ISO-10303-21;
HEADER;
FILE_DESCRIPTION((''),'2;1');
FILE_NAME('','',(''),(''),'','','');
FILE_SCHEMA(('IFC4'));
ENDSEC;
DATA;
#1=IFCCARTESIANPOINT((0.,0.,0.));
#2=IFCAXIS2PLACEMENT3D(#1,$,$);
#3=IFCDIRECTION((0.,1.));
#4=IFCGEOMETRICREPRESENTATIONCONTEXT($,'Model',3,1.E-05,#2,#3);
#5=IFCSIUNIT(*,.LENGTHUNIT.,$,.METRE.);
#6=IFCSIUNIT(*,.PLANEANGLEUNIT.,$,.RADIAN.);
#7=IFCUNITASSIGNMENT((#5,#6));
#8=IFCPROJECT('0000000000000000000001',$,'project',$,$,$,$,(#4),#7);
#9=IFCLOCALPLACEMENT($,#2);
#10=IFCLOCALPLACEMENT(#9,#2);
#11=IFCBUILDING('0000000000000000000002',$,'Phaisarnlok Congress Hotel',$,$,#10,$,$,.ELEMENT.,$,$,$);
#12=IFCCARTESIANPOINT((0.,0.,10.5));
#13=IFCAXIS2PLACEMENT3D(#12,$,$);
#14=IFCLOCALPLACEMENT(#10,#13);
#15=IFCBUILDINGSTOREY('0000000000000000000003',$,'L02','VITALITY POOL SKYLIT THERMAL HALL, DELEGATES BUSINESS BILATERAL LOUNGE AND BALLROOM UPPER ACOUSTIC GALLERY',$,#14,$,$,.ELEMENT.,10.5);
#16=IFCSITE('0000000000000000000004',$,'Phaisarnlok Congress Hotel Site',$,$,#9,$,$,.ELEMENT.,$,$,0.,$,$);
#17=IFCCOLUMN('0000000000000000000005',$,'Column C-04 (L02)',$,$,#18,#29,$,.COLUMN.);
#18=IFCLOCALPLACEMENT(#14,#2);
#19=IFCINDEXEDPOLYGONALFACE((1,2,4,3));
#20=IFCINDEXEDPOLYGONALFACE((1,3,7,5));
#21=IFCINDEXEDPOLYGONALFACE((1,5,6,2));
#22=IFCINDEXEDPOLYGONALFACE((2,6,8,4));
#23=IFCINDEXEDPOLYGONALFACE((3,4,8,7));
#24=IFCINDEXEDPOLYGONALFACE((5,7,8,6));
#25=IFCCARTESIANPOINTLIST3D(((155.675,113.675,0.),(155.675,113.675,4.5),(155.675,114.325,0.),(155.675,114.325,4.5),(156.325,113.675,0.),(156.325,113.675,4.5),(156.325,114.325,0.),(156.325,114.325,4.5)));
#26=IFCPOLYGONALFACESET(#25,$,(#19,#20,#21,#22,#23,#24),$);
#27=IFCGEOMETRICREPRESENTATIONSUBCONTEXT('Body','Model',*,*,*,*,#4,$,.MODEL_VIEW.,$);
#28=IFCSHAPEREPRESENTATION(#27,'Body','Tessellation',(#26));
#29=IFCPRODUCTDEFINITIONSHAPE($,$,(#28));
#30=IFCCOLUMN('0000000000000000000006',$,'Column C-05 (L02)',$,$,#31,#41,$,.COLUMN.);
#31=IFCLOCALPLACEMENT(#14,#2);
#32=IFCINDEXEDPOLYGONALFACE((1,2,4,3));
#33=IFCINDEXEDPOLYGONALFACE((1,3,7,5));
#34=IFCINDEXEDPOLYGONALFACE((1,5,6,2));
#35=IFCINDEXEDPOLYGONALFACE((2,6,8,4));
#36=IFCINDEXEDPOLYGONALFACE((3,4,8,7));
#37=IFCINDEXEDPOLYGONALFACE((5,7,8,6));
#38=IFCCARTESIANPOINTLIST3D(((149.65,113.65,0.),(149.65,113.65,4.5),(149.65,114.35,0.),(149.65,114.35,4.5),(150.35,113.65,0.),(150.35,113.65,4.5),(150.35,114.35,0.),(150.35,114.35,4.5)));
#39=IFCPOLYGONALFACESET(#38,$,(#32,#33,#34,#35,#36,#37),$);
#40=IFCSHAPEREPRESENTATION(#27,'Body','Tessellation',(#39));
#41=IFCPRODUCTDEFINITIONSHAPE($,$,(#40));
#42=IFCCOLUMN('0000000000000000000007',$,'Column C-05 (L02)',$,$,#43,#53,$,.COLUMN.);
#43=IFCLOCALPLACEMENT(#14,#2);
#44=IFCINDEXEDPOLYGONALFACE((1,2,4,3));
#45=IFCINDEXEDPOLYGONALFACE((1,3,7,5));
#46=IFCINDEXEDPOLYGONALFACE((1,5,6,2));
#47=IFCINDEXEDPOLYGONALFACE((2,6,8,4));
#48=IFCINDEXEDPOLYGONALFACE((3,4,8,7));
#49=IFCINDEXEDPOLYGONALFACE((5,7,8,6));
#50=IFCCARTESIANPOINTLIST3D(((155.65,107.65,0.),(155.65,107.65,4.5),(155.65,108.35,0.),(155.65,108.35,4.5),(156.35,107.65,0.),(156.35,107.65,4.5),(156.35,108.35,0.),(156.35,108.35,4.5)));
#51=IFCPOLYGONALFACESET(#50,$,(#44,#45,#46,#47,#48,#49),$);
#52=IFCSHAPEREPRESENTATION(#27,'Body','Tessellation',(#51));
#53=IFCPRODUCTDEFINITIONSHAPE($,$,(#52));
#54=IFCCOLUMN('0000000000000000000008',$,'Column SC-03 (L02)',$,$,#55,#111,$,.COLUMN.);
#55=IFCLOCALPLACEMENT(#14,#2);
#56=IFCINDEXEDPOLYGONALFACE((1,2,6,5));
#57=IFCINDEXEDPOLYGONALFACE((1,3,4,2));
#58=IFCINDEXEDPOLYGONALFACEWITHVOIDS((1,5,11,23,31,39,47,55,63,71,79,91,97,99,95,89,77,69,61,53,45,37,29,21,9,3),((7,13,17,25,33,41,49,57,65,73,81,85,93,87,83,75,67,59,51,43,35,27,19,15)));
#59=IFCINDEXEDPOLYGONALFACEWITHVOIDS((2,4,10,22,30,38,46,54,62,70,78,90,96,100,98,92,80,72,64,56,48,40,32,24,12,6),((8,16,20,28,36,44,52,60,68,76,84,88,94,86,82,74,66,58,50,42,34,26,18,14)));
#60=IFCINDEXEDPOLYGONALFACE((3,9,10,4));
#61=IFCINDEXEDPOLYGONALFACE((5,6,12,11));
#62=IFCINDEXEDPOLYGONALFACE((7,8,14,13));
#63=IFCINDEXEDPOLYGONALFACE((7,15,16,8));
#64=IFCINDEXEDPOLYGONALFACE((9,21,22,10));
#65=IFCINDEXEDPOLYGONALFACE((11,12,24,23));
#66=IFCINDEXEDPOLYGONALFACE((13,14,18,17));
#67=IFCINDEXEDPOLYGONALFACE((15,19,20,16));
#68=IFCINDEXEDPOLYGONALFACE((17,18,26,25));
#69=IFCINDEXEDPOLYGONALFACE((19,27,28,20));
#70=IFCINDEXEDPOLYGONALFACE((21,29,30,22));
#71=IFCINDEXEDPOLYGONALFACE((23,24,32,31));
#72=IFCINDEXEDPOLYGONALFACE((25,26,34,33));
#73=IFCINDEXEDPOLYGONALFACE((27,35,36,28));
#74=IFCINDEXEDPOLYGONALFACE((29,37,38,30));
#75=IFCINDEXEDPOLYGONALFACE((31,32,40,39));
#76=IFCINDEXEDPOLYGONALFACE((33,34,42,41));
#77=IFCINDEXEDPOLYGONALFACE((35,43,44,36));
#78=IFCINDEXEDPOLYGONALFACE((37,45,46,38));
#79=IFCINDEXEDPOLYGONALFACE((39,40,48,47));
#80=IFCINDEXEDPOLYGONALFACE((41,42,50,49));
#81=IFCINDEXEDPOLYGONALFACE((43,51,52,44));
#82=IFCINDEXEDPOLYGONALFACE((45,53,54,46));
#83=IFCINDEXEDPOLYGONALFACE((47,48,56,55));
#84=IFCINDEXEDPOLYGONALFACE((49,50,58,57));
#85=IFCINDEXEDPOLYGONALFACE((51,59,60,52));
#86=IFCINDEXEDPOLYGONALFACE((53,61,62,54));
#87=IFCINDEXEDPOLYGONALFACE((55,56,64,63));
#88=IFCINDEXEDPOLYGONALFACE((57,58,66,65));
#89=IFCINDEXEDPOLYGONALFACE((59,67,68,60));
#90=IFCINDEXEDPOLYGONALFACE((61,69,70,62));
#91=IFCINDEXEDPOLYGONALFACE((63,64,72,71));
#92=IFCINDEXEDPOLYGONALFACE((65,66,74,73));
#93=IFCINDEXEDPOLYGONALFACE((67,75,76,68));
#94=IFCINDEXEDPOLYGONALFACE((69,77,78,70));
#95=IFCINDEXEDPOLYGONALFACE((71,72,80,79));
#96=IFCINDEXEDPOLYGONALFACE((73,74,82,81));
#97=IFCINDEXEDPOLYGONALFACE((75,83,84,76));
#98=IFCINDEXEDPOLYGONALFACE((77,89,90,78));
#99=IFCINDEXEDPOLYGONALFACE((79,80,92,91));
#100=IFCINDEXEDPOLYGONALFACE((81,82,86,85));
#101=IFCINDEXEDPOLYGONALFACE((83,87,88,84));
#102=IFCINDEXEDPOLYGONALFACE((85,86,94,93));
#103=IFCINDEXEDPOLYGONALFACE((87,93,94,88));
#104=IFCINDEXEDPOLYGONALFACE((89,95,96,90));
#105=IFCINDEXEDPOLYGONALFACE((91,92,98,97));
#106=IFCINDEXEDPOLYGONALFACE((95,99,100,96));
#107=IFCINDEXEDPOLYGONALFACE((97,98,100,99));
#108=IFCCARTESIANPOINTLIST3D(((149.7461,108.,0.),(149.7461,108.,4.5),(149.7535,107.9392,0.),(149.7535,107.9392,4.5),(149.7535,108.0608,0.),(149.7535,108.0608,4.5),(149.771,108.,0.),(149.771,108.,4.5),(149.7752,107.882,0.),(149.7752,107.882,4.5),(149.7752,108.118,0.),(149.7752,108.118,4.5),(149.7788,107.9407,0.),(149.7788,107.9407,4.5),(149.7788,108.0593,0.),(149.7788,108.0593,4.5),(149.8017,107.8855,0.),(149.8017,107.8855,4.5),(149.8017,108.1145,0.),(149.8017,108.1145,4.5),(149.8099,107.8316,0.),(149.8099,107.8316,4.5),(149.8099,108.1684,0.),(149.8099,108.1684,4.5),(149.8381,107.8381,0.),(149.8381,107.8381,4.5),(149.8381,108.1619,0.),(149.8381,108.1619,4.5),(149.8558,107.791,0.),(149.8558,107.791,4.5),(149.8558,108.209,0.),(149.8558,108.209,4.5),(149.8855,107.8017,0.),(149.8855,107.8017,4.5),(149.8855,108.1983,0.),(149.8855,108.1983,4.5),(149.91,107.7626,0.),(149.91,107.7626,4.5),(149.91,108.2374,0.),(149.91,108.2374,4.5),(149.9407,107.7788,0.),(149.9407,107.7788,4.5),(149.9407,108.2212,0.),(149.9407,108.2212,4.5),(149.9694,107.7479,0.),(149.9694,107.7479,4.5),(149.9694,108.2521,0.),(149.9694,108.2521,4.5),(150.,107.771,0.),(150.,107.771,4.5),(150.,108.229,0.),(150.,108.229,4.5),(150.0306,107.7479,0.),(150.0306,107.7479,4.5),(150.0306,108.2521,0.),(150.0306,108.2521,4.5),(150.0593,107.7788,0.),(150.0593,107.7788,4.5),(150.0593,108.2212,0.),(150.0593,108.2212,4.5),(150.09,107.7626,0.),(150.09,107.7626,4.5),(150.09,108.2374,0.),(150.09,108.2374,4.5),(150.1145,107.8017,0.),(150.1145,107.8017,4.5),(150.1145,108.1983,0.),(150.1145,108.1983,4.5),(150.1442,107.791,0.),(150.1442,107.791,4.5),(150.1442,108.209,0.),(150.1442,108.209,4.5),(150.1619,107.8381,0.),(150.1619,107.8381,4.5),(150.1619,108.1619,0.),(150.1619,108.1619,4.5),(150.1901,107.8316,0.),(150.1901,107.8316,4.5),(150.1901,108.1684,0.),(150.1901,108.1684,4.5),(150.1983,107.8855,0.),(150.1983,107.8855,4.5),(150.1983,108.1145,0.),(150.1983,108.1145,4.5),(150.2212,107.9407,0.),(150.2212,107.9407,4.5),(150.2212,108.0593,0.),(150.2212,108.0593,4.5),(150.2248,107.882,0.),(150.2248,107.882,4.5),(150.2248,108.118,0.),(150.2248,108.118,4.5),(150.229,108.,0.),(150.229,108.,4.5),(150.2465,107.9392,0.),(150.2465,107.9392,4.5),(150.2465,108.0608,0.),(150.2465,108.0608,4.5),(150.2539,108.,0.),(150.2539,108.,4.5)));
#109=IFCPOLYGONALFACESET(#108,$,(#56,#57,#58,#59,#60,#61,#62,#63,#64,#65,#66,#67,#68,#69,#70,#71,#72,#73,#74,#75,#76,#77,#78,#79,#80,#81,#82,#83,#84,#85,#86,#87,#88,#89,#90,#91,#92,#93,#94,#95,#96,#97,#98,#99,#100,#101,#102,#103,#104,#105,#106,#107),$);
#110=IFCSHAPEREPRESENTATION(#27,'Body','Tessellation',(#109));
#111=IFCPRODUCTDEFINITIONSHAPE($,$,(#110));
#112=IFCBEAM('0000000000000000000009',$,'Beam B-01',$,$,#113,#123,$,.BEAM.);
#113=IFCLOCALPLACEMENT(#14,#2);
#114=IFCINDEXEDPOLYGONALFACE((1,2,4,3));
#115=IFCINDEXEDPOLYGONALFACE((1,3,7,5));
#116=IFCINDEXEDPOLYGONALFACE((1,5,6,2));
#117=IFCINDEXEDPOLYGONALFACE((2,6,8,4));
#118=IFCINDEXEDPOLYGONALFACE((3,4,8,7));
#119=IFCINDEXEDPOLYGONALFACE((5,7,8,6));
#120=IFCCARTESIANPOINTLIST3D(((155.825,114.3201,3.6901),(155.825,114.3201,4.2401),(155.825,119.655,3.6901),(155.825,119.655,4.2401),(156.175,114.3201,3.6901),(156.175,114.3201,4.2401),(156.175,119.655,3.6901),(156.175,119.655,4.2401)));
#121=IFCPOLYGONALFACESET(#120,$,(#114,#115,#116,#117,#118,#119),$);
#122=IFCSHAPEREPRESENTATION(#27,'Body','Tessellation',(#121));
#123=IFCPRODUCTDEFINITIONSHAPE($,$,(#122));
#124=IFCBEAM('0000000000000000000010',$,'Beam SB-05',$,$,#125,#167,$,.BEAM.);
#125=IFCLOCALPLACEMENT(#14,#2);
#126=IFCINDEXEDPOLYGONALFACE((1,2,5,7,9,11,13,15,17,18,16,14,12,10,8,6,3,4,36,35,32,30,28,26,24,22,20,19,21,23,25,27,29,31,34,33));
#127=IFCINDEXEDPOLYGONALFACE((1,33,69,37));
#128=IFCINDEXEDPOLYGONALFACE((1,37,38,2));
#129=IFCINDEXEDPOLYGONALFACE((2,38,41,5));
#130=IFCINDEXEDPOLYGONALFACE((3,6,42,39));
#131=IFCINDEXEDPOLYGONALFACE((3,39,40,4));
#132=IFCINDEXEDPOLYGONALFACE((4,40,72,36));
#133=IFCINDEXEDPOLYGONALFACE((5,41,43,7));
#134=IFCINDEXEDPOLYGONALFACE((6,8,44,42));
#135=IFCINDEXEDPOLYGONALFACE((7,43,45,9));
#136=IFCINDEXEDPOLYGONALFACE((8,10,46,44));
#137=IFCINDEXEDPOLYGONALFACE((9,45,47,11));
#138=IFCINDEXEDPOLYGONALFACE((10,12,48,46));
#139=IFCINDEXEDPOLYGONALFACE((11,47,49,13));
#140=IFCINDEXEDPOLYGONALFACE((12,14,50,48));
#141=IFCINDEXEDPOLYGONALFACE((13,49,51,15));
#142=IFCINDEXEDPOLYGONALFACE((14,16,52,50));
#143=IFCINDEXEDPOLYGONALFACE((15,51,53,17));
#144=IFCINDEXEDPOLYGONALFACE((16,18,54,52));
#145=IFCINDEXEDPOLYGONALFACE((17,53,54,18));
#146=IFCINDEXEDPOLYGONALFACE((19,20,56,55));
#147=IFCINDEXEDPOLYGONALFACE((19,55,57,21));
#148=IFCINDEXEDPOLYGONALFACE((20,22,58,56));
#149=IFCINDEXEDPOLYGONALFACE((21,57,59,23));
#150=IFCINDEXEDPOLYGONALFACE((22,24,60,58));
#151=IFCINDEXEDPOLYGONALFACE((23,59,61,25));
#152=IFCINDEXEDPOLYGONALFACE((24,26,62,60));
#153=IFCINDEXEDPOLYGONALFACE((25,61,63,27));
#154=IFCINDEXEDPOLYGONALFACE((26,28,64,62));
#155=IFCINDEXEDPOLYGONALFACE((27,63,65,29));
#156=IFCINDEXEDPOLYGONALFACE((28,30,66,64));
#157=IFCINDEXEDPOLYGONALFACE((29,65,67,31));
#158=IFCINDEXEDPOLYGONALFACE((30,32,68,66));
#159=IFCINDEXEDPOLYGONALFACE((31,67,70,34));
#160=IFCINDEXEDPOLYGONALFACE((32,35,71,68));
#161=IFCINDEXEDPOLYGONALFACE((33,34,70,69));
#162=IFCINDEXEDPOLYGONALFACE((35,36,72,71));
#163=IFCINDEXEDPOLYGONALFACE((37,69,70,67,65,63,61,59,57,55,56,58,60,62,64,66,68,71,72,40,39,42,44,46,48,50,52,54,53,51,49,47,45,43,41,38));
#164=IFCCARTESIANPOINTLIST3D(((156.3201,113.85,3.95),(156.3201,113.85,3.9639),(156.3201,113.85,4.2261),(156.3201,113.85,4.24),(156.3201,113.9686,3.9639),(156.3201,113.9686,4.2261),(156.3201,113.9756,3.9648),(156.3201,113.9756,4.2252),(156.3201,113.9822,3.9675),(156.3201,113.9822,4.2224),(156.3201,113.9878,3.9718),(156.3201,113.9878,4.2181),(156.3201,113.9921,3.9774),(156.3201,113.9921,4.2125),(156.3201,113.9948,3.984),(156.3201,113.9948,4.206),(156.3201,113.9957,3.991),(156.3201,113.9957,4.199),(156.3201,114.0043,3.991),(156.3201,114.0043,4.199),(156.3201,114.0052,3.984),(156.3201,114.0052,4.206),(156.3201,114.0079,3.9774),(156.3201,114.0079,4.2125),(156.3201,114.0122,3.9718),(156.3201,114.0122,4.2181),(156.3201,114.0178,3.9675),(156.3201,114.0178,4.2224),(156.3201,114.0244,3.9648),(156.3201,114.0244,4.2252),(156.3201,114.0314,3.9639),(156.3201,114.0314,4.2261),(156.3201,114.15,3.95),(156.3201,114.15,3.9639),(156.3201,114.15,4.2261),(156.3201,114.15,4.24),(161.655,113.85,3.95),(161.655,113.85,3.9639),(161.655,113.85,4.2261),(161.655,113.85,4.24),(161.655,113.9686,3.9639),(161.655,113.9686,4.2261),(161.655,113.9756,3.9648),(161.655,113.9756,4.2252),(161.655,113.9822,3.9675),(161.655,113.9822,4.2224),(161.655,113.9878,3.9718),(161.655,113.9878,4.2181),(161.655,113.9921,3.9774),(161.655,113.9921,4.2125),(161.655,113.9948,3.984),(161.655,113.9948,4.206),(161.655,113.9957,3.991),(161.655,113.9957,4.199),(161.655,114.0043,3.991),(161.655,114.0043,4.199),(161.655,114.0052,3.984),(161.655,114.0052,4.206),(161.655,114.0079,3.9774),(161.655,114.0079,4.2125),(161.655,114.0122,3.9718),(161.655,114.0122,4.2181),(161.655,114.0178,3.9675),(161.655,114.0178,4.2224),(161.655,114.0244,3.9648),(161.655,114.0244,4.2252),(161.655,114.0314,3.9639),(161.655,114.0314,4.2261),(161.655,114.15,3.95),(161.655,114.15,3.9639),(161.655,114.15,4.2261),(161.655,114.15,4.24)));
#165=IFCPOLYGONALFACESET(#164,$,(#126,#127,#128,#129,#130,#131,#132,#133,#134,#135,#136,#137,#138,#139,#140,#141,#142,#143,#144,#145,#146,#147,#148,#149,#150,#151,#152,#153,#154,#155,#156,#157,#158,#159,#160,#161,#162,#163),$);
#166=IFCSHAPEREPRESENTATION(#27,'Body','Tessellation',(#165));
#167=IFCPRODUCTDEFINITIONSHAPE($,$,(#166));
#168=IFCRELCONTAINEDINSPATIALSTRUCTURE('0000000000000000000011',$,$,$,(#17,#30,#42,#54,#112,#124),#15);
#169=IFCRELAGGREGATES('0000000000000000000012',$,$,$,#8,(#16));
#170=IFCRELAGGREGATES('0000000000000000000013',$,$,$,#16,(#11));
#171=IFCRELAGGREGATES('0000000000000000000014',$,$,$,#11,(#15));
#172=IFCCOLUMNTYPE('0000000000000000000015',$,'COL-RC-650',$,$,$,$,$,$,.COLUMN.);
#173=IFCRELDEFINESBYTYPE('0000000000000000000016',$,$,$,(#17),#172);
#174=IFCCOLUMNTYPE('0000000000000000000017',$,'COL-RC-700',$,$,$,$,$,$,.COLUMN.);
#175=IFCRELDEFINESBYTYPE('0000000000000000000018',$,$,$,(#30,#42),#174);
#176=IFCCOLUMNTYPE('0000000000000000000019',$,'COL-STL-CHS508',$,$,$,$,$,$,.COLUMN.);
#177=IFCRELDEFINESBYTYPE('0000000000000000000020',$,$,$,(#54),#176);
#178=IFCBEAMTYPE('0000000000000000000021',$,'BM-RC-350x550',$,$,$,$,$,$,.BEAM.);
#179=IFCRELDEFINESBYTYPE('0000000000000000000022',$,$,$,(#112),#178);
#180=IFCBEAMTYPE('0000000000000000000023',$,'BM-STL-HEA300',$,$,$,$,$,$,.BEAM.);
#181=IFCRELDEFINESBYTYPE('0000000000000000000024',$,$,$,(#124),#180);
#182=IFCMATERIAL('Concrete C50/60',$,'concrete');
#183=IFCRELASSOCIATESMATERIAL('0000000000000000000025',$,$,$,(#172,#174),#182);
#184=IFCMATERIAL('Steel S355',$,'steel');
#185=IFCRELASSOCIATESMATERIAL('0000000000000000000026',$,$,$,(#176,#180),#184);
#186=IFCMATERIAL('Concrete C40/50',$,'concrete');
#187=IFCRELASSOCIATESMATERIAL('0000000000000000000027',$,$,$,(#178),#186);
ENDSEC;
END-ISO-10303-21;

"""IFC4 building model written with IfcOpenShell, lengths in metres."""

from ifc_helpers import new_model, si_unit, direction, frame, origin, origin_2d, place, context, subcontext, project, spatial, rectangle, hollow_circle, i_section, extrude, material, material_profile, profile_set, type_object, element, save


model = new_model("IFC4")

# Units and contexts
model_context = context("Model", 3, precision=1e-05, world=origin(), true_north=direction((0.0, 1.0)))
body_context = subcontext(model_context, "Body", "Model", "MODEL_VIEW")
ifc_project = project(units=[si_unit("LENGTHUNIT", "METRE"), si_unit("PLANEANGLEUNIT", "RADIAN")], contexts=[model_context])

# Site, building, storey
site_placement = place(None, origin())
site = spatial("IfcSite", under=ifc_project, at=site_placement, Name="Phaisarnlok Congress Hotel Site", CompositionType="ELEMENT", RefElevation=0.0)
building_placement = place(site_placement, origin())
building = spatial("IfcBuilding", under=site, at=building_placement, Name="Phaisarnlok Congress Hotel", CompositionType="ELEMENT")
storey_placement = place(building_placement, frame((0.0, 0.0, 10.5)))
storey = spatial("IfcBuildingStorey", under=building, at=storey_placement, Name="L02", Description="VITALITY POOL SKYLIT THERMAL HALL, DELEGATES BUSINESS BILATERAL LOUNGE AND BALLROOM UPPER ACOUSTIC GALLERY", CompositionType="ELEMENT", Elevation=10.5)

# Columns
ifc_material_1 = material(Name="Concrete C50/60", Category="concrete")
ifc_material_profile_1 = material_profile(ifc_material_1, rectangle(XDim=0.6499, YDim=0.6499, at=origin_2d()), Name="RC 650x650")
ifc_profile_set_1 = profile_set([ifc_material_profile_1], Name="Concrete C50/60")
column_type_1 = type_object("IfcColumnType", Name="COL-RC-650", PredefinedType="COLUMN", material=ifc_profile_set_1)
column_1_placement = place(storey_placement, frame((156.0, 114.0, 0.0), z_axis=(0.0, 0.0, 1.0), x_axis=(1.0, 0.0, 0.0)))
element("IfcColumn", 1, at=column_1_placement, inside=storey, type_object=column_type_1, Name="Column C-04 (L02)", PredefinedType="COLUMN", context=body_context, shape_type="SweptSolid", body=[
    extrude(rectangle(XDim=0.6499, YDim=0.6499, at=origin_2d()), origin(), (0.0, 0.0, 1.0), 4.5),
])
ifc_material_profile_2 = material_profile(ifc_material_1, rectangle(XDim=0.7, YDim=0.7, at=origin_2d()), Name="RC 700x700")
ifc_profile_set_2 = profile_set([ifc_material_profile_2], Name="Concrete C50/60")
column_type_2 = type_object("IfcColumnType", Name="COL-RC-700", PredefinedType="COLUMN", material=ifc_profile_set_2)
for number, where, z_axis, x_axis, name in (
    (2, (150.0, 114.0, 0.0), (0.0, 0.0, 1.0), (1.0, 0.0, 0.0), "Column C-05 (L02)"),
    (3, (156.0, 108.0, 0.0), (0.0, 0.0, 1.0), (1.0, 0.0, 0.0), "Column C-05 (L02)"),
):
    element("IfcColumn", number, at=place(storey_placement, frame(where, z_axis=z_axis, x_axis=x_axis)), inside=storey, type_object=column_type_2, Name=name, PredefinedType="COLUMN", context=body_context, shape_type="SweptSolid", body=[
        extrude(rectangle(XDim=0.7, YDim=0.7, at=origin_2d()), origin(), (0.0, 0.0, 1.0), 4.5),
    ])
ifc_material_2 = material(Name="Steel S355", Category="steel")
ifc_material_profile_3 = material_profile(ifc_material_2, hollow_circle(Radius=0.2539, WallThickness=0.0249, at=origin_2d()), Name="CHS 508x25")
ifc_profile_set_3 = profile_set([ifc_material_profile_3], Name="Steel S355")
column_type_3 = type_object("IfcColumnType", Name="COL-STL-CHS508", PredefinedType="COLUMN", material=ifc_profile_set_3)
column_2_placement = place(storey_placement, frame((150.0, 108.0, 0.0), z_axis=(0.0, 0.0, 1.0), x_axis=(1.0, 0.0, 0.0)))
element("IfcColumn", 4, at=column_2_placement, inside=storey, type_object=column_type_3, Name="Column SC-03 (L02)", PredefinedType="COLUMN", context=body_context, shape_type="SweptSolid", body=[
    extrude(hollow_circle(Radius=0.2539, WallThickness=0.0249, at=origin_2d()), origin(), (0.0, 0.0, 1.0), 4.5),
])

# Beams
ifc_material_3 = material(Name="Concrete C40/50", Category="concrete")
ifc_material_profile_4 = material_profile(ifc_material_3, rectangle(XDim=0.3501, YDim=0.55, at=origin_2d()), Name="RC 350x550")
ifc_profile_set_4 = profile_set([ifc_material_profile_4], Name="Concrete C40/50")
beam_type_1 = type_object("IfcBeamType", Name="BM-RC-350x550", PredefinedType="BEAM", material=ifc_profile_set_4)
beam_1_placement = place(storey_placement, frame((156.0, 114.3201, 3.9651), z_axis=(0.0, 1.0, 0.0), x_axis=(-1.0, 0.0, 0.0)))
element("IfcBeam", 5, at=beam_1_placement, inside=storey, type_object=beam_type_1, Name="Beam B-01", PredefinedType="BEAM", context=body_context, shape_type="SweptSolid", body=[
    extrude(rectangle(XDim=0.3501, YDim=0.55, at=origin_2d()), origin(), (0.0, 0.0, 1.0), 5.335),
])
ifc_material_profile_5 = material_profile(ifc_material_2, i_section(OverallWidth=0.3, OverallDepth=0.29, WebThickness=0.0085, FlangeThickness=0.0139, FilletRadius=0.0271, at=origin_2d()), Name="HEA 300")
ifc_profile_set_5 = profile_set([ifc_material_profile_5], Name="Steel S355")
beam_type_2 = type_object("IfcBeamType", Name="BM-STL-HEA300", PredefinedType="BEAM", material=ifc_profile_set_5)
beam_2_placement = place(storey_placement, frame((156.3201, 114.0, 4.095), z_axis=(1.0, 0.0, 0.0), x_axis=(0.0, 1.0, 0.0)))
element("IfcBeam", 6, at=beam_2_placement, inside=storey, type_object=beam_type_2, Name="Beam SB-05", PredefinedType="BEAM", context=body_context, shape_type="SweptSolid", body=[
    extrude(i_section(OverallWidth=0.3, OverallDepth=0.29, WebThickness=0.0085, FlangeThickness=0.0139, FilletRadius=0.0271, at=origin_2d()), origin(), (0.0, 0.0, 1.0), 5.335),
])

save(model, "model.ifc")
